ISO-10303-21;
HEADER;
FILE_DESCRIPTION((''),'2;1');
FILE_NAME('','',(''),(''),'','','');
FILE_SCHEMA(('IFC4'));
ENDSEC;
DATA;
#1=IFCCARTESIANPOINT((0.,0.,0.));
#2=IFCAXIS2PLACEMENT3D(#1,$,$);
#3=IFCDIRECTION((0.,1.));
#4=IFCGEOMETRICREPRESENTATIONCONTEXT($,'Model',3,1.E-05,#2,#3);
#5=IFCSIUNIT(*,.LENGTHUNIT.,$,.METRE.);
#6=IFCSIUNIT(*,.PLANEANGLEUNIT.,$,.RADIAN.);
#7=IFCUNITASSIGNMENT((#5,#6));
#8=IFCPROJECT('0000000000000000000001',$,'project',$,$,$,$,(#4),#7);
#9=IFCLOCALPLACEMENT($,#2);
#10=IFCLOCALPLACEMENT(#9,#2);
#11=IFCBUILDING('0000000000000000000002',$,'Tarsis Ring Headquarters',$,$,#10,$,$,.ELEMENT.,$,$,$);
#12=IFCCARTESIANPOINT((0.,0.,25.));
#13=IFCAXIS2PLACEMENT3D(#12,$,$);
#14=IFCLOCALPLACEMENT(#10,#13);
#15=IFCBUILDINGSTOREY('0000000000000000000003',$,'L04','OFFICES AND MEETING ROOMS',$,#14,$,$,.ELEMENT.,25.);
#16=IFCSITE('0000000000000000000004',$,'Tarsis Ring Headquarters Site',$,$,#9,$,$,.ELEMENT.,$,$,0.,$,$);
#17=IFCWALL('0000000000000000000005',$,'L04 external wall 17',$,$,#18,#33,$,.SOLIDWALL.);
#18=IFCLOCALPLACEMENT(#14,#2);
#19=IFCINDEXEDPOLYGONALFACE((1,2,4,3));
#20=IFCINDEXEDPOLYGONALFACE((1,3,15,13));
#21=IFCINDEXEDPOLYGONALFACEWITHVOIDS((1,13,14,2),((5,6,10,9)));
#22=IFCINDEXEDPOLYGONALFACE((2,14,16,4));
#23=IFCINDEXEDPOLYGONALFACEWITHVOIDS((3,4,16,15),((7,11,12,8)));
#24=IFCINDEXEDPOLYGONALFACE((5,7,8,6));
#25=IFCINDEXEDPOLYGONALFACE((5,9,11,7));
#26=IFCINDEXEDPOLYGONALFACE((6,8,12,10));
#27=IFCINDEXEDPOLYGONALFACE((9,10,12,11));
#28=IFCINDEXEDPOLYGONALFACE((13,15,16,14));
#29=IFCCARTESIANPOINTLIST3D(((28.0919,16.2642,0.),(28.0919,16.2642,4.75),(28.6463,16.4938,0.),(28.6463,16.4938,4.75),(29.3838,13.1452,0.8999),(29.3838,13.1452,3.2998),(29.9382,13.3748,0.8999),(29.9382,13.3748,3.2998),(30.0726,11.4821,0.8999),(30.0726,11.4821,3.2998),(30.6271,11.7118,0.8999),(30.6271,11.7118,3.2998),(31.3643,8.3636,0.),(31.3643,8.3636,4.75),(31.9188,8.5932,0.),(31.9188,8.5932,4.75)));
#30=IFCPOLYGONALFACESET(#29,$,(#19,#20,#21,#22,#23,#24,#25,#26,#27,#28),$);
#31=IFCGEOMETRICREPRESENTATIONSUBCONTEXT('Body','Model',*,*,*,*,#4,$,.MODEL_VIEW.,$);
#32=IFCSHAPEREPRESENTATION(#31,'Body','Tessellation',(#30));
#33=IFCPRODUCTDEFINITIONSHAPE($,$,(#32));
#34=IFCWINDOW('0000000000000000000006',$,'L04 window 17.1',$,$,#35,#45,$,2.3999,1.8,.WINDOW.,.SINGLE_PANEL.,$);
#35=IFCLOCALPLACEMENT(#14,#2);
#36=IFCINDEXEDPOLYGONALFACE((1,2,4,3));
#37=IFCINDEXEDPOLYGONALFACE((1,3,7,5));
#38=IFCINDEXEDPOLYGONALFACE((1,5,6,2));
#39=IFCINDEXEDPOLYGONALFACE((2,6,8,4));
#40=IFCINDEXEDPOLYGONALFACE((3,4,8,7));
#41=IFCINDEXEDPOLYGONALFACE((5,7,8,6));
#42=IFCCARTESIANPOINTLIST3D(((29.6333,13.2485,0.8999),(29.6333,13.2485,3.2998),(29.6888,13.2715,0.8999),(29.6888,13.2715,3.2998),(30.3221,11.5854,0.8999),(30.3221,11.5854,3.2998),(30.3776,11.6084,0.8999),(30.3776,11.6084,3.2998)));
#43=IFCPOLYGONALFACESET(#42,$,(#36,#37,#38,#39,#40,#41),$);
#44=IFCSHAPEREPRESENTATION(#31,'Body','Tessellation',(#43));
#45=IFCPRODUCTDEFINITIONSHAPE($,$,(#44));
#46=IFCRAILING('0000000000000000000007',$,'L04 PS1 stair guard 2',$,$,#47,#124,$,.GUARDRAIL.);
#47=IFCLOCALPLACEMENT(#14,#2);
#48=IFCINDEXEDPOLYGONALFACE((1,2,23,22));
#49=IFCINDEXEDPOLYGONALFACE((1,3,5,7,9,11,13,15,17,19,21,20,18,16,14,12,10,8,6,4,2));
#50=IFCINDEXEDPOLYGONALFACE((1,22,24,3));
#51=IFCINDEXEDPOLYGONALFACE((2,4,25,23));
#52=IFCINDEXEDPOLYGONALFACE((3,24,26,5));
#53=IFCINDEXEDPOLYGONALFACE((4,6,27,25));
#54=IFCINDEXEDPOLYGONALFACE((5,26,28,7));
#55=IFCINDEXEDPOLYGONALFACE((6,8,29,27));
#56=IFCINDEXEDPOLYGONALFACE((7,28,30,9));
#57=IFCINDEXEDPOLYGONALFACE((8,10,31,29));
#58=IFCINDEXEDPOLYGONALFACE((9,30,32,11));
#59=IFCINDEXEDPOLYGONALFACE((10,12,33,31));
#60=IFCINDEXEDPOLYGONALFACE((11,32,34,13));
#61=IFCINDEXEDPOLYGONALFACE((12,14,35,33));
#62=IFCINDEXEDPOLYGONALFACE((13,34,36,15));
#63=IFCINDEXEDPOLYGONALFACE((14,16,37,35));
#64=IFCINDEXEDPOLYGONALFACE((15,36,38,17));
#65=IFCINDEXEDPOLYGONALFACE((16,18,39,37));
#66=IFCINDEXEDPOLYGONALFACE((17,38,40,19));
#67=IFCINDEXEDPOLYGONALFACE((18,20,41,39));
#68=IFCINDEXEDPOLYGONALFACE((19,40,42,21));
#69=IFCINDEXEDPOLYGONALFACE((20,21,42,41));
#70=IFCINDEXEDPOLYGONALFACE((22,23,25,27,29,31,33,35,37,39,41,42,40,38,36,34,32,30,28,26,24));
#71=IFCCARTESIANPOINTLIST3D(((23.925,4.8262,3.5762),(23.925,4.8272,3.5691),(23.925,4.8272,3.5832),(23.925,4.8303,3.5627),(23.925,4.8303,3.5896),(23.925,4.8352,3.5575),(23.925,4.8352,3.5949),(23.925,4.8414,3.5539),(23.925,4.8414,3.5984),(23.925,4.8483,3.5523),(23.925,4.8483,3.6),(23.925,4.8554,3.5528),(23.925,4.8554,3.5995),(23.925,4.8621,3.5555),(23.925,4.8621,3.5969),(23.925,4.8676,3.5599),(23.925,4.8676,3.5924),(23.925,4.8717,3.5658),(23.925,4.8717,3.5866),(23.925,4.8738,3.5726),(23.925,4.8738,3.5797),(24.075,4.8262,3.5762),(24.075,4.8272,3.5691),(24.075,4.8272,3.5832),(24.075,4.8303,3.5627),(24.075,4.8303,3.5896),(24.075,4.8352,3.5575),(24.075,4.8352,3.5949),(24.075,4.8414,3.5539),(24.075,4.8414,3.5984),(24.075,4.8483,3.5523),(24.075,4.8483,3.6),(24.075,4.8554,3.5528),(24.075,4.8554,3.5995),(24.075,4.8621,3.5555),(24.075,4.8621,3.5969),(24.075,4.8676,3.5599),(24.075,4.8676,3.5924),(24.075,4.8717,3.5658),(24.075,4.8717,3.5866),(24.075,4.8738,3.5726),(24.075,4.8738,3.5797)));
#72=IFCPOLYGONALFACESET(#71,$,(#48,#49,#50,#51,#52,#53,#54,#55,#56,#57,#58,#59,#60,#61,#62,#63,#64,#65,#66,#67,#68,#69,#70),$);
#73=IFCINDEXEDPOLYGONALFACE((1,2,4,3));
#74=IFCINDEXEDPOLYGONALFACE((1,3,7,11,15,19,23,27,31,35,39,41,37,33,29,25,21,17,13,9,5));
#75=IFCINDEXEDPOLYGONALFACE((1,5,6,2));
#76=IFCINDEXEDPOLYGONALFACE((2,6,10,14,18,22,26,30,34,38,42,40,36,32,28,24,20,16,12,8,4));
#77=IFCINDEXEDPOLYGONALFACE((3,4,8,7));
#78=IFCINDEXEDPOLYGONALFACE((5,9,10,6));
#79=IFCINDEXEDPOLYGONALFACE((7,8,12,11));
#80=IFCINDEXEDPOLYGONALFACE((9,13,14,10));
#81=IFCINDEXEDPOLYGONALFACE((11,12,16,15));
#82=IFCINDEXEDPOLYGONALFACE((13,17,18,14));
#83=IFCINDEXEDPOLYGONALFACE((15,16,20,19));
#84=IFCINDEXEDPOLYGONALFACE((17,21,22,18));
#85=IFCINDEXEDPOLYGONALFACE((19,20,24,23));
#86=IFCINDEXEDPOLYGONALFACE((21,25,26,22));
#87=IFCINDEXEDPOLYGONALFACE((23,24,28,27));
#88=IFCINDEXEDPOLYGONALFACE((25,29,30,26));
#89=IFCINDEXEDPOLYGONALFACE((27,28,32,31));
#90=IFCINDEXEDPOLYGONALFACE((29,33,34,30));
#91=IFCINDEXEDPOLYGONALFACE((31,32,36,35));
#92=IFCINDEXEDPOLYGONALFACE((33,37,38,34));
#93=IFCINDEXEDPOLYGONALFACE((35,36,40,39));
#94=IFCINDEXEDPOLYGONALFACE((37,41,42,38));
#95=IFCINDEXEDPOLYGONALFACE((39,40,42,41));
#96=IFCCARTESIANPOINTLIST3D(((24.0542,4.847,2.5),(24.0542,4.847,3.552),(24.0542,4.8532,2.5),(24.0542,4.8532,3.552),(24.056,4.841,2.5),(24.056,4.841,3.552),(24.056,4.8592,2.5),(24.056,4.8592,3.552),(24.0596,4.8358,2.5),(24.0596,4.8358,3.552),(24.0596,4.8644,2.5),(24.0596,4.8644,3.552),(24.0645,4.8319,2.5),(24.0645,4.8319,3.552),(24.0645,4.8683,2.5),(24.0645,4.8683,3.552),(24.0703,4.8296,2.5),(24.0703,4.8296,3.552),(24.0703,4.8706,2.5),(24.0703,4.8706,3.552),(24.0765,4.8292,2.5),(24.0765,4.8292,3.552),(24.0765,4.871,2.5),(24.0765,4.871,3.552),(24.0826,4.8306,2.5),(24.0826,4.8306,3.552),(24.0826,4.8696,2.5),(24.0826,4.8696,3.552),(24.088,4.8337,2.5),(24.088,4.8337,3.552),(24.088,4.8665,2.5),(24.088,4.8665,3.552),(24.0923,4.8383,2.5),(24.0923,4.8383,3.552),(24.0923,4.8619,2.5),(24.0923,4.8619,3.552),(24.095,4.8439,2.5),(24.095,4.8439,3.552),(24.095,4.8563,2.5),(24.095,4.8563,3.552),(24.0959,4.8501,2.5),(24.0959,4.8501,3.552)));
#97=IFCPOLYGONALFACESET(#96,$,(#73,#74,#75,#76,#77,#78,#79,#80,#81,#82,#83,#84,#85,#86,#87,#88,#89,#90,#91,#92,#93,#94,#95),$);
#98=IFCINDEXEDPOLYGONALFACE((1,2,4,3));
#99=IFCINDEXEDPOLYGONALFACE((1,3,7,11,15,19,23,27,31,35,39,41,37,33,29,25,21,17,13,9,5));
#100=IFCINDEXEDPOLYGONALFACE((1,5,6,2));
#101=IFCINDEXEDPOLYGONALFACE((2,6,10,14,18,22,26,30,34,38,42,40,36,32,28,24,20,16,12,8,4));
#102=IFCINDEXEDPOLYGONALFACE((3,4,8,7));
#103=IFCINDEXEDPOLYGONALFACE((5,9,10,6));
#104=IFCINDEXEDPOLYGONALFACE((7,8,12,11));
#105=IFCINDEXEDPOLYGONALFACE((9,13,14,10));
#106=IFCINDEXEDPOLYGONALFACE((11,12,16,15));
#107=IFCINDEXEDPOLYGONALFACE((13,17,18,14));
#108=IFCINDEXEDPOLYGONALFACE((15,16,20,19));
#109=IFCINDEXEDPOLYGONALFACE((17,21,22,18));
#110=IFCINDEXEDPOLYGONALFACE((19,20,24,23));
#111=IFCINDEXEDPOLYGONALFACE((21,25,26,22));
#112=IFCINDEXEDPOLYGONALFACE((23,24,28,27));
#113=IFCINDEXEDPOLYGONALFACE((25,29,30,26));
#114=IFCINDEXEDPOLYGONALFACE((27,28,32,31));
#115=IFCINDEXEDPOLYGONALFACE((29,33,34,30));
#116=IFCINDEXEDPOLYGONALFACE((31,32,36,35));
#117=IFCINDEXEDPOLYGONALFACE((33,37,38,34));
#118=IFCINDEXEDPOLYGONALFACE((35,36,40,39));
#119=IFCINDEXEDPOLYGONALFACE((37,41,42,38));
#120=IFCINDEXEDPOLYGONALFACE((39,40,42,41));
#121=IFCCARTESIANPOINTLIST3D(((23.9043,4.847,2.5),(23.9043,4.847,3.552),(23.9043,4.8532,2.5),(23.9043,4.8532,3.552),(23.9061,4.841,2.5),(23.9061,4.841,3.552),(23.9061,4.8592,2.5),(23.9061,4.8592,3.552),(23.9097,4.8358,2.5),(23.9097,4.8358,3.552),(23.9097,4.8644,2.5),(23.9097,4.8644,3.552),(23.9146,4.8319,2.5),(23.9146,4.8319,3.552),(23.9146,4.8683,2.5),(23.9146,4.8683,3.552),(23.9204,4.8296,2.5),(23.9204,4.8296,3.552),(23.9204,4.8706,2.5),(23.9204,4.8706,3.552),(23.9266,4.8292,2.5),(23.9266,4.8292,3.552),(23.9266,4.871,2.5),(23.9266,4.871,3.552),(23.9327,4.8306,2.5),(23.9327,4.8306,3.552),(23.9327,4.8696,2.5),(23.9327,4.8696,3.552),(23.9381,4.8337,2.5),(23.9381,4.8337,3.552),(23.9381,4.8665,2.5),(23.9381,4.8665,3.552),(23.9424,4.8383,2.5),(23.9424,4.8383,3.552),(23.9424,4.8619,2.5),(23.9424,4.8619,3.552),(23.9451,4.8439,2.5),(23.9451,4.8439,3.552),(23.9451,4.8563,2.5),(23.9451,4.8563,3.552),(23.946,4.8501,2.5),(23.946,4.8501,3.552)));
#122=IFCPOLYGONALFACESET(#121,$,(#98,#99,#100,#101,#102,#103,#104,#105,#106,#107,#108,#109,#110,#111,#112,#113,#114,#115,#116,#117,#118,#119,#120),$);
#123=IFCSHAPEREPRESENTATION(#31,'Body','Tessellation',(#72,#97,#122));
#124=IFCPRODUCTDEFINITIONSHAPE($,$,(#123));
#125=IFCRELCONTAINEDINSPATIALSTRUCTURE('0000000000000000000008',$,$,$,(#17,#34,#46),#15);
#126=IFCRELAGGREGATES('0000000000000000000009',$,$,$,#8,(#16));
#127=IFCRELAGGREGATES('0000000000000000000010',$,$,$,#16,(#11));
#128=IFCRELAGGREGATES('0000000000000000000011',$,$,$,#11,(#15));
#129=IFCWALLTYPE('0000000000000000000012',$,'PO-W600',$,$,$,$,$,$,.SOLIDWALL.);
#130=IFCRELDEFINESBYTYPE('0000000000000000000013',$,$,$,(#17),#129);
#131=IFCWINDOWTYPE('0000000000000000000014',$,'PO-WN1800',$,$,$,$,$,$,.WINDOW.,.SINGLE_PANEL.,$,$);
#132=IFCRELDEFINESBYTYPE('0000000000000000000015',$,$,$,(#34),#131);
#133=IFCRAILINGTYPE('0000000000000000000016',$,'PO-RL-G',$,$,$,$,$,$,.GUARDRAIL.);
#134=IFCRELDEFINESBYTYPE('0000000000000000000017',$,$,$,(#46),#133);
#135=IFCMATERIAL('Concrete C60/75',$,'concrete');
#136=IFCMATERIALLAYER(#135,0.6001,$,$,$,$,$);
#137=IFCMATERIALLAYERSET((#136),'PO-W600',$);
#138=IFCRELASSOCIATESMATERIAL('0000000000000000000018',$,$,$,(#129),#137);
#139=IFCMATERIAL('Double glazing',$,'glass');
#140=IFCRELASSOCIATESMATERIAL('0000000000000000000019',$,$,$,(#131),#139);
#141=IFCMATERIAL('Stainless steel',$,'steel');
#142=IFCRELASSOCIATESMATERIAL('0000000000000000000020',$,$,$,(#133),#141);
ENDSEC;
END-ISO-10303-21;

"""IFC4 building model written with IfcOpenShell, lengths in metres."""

from ifc_helpers import new_model, si_unit, direction, frame, frame_2d, origin, origin_2d, place, context, subcontext, project, spatial, rectangle, circle, extrude, material, layer, layer_set, type_object, element, fill, save


model = new_model("IFC4")

# Units and contexts
model_context = context("Model", 3, precision=1e-05, world=origin(), true_north=direction((0.0, 1.0)))
body_context = subcontext(model_context, "Body", "Model", "MODEL_VIEW")
ifc_project = project(units=[si_unit("LENGTHUNIT", "METRE"), si_unit("PLANEANGLEUNIT", "RADIAN")], contexts=[model_context])

# Site, building, storey
site_placement = place(None, origin())
site = spatial("IfcSite", under=ifc_project, at=site_placement, Name="Tarsis Ring Headquarters Site", CompositionType="ELEMENT", RefElevation=0.0)
building_placement = place(site_placement, origin())
building = spatial("IfcBuilding", under=site, at=building_placement, Name="Tarsis Ring Headquarters", CompositionType="ELEMENT")
storey_placement = place(building_placement, frame((0.0, 0.0, 25.0)))
storey = spatial("IfcBuildingStorey", under=building, at=storey_placement, Name="L04", Description="OFFICES AND MEETING ROOMS", CompositionType="ELEMENT", Elevation=25.0)

# Wall, opening, window
ifc_material_1 = material(Name="Concrete C60/75", Category="concrete")
ifc_layer_1 = layer(ifc_material_1, 0.6001)
ifc_layer_set_1 = layer_set([ifc_layer_1], Name="PO-W600")
wall_type_1 = type_object("IfcWallType", Name="PO-W600", PredefinedType="SOLIDWALL", material=ifc_layer_set_1)
wall_1_placement = place(storey_placement, frame((31.6416, 8.4783, 0.0), z_axis=(0.0, 0.0, 1.0), x_axis=(-0.382675, 0.923883, 0.0)))
wall_1 = element("IfcWall", 1, at=wall_1_placement, inside=storey, type_object=wall_type_1, Name="L04 external wall 17", PredefinedType="SOLIDWALL", context=body_context, shape_type="SweptSolid", body=[
    extrude(rectangle(XDim=8.5515, YDim=0.6001, at=frame_2d((4.2759, 0.0))), origin(), (0.0, 0.0, 1.0), 4.75),
])
opening_1_placement = place(wall_1_placement, frame((3.3757, 0.0, 0.8999)))
opening_1 = element("IfcOpeningElement", 2, at=opening_1_placement, cuts=wall_1, PredefinedType="OPENING", context=body_context, shape_type="SweptSolid", body=[
    extrude(rectangle(XDim=1.8, YDim=2.3999, at=frame_2d((0.8999, 1.2))), frame((0.0, 0.3101, 0.0), z_axis=(0.0, -1.0, 0.0), x_axis=(1.0, 0.0, 0.0)), (0.0, 0.0, 1.0), 0.6201),
])
ifc_material_2 = material(Name="Double glazing", Category="glass")
window_type = type_object("IfcWindowType", Name="PO-WN1800", PartitioningType="SINGLE_PANEL", PredefinedType="WINDOW", material=ifc_material_2)
window_placement = place(opening_1_placement, origin())
window = element("IfcWindow", 3, at=window_placement, inside=storey, type_object=window_type, Name="L04 window 17.1", OverallHeight=2.3999, OverallWidth=1.8, PartitioningType="SINGLE_PANEL", PredefinedType="WINDOW", context=body_context, shape_type="SweptSolid", body=[
    extrude(rectangle(XDim=1.8, YDim=2.3999, at=frame_2d((0.8999, 1.2))), frame((0.0, 0.03, 0.0), z_axis=(0.0, -1.0, 0.0), x_axis=(1.0, 0.0, 0.0)), (0.0, 0.0, 1.0), 0.0601),
])
fill(opening_1, window)

# Railing
ifc_material_3 = material(Name="Stainless steel", Category="steel")
railing_type_1 = type_object("IfcRailingType", Name="PO-RL-G", PredefinedType="GUARDRAIL", material=ifc_material_3)
railing_1_placement = place(storey_placement, frame((24.075, 4.8501, 2.5)))
element("IfcRailing", 4, at=railing_1_placement, inside=storey, type_object=railing_type_1, Name="L04 PS1 stair guard 2", PredefinedType="GUARDRAIL", context=body_context, shape_type="SweptSolid", body=[
    extrude(circle(Radius=0.0239, at=origin_2d()), frame((0.0, 0.0, 1.0762), z_axis=(-1.0, 0.0, 0.0), x_axis=(0.0, -1.0, 0.0)), (0.0, 0.0, 1.0), 0.1499),
    extrude(circle(Radius=0.021, at=origin_2d()), origin(), (0.0, 0.0, 1.0), 1.052),
    extrude(circle(Radius=0.021, at=origin_2d()), frame((-0.1499, 0.0, 0.0)), (0.0, 0.0, 1.0), 1.052),
])

save(model, "model.ifc")
